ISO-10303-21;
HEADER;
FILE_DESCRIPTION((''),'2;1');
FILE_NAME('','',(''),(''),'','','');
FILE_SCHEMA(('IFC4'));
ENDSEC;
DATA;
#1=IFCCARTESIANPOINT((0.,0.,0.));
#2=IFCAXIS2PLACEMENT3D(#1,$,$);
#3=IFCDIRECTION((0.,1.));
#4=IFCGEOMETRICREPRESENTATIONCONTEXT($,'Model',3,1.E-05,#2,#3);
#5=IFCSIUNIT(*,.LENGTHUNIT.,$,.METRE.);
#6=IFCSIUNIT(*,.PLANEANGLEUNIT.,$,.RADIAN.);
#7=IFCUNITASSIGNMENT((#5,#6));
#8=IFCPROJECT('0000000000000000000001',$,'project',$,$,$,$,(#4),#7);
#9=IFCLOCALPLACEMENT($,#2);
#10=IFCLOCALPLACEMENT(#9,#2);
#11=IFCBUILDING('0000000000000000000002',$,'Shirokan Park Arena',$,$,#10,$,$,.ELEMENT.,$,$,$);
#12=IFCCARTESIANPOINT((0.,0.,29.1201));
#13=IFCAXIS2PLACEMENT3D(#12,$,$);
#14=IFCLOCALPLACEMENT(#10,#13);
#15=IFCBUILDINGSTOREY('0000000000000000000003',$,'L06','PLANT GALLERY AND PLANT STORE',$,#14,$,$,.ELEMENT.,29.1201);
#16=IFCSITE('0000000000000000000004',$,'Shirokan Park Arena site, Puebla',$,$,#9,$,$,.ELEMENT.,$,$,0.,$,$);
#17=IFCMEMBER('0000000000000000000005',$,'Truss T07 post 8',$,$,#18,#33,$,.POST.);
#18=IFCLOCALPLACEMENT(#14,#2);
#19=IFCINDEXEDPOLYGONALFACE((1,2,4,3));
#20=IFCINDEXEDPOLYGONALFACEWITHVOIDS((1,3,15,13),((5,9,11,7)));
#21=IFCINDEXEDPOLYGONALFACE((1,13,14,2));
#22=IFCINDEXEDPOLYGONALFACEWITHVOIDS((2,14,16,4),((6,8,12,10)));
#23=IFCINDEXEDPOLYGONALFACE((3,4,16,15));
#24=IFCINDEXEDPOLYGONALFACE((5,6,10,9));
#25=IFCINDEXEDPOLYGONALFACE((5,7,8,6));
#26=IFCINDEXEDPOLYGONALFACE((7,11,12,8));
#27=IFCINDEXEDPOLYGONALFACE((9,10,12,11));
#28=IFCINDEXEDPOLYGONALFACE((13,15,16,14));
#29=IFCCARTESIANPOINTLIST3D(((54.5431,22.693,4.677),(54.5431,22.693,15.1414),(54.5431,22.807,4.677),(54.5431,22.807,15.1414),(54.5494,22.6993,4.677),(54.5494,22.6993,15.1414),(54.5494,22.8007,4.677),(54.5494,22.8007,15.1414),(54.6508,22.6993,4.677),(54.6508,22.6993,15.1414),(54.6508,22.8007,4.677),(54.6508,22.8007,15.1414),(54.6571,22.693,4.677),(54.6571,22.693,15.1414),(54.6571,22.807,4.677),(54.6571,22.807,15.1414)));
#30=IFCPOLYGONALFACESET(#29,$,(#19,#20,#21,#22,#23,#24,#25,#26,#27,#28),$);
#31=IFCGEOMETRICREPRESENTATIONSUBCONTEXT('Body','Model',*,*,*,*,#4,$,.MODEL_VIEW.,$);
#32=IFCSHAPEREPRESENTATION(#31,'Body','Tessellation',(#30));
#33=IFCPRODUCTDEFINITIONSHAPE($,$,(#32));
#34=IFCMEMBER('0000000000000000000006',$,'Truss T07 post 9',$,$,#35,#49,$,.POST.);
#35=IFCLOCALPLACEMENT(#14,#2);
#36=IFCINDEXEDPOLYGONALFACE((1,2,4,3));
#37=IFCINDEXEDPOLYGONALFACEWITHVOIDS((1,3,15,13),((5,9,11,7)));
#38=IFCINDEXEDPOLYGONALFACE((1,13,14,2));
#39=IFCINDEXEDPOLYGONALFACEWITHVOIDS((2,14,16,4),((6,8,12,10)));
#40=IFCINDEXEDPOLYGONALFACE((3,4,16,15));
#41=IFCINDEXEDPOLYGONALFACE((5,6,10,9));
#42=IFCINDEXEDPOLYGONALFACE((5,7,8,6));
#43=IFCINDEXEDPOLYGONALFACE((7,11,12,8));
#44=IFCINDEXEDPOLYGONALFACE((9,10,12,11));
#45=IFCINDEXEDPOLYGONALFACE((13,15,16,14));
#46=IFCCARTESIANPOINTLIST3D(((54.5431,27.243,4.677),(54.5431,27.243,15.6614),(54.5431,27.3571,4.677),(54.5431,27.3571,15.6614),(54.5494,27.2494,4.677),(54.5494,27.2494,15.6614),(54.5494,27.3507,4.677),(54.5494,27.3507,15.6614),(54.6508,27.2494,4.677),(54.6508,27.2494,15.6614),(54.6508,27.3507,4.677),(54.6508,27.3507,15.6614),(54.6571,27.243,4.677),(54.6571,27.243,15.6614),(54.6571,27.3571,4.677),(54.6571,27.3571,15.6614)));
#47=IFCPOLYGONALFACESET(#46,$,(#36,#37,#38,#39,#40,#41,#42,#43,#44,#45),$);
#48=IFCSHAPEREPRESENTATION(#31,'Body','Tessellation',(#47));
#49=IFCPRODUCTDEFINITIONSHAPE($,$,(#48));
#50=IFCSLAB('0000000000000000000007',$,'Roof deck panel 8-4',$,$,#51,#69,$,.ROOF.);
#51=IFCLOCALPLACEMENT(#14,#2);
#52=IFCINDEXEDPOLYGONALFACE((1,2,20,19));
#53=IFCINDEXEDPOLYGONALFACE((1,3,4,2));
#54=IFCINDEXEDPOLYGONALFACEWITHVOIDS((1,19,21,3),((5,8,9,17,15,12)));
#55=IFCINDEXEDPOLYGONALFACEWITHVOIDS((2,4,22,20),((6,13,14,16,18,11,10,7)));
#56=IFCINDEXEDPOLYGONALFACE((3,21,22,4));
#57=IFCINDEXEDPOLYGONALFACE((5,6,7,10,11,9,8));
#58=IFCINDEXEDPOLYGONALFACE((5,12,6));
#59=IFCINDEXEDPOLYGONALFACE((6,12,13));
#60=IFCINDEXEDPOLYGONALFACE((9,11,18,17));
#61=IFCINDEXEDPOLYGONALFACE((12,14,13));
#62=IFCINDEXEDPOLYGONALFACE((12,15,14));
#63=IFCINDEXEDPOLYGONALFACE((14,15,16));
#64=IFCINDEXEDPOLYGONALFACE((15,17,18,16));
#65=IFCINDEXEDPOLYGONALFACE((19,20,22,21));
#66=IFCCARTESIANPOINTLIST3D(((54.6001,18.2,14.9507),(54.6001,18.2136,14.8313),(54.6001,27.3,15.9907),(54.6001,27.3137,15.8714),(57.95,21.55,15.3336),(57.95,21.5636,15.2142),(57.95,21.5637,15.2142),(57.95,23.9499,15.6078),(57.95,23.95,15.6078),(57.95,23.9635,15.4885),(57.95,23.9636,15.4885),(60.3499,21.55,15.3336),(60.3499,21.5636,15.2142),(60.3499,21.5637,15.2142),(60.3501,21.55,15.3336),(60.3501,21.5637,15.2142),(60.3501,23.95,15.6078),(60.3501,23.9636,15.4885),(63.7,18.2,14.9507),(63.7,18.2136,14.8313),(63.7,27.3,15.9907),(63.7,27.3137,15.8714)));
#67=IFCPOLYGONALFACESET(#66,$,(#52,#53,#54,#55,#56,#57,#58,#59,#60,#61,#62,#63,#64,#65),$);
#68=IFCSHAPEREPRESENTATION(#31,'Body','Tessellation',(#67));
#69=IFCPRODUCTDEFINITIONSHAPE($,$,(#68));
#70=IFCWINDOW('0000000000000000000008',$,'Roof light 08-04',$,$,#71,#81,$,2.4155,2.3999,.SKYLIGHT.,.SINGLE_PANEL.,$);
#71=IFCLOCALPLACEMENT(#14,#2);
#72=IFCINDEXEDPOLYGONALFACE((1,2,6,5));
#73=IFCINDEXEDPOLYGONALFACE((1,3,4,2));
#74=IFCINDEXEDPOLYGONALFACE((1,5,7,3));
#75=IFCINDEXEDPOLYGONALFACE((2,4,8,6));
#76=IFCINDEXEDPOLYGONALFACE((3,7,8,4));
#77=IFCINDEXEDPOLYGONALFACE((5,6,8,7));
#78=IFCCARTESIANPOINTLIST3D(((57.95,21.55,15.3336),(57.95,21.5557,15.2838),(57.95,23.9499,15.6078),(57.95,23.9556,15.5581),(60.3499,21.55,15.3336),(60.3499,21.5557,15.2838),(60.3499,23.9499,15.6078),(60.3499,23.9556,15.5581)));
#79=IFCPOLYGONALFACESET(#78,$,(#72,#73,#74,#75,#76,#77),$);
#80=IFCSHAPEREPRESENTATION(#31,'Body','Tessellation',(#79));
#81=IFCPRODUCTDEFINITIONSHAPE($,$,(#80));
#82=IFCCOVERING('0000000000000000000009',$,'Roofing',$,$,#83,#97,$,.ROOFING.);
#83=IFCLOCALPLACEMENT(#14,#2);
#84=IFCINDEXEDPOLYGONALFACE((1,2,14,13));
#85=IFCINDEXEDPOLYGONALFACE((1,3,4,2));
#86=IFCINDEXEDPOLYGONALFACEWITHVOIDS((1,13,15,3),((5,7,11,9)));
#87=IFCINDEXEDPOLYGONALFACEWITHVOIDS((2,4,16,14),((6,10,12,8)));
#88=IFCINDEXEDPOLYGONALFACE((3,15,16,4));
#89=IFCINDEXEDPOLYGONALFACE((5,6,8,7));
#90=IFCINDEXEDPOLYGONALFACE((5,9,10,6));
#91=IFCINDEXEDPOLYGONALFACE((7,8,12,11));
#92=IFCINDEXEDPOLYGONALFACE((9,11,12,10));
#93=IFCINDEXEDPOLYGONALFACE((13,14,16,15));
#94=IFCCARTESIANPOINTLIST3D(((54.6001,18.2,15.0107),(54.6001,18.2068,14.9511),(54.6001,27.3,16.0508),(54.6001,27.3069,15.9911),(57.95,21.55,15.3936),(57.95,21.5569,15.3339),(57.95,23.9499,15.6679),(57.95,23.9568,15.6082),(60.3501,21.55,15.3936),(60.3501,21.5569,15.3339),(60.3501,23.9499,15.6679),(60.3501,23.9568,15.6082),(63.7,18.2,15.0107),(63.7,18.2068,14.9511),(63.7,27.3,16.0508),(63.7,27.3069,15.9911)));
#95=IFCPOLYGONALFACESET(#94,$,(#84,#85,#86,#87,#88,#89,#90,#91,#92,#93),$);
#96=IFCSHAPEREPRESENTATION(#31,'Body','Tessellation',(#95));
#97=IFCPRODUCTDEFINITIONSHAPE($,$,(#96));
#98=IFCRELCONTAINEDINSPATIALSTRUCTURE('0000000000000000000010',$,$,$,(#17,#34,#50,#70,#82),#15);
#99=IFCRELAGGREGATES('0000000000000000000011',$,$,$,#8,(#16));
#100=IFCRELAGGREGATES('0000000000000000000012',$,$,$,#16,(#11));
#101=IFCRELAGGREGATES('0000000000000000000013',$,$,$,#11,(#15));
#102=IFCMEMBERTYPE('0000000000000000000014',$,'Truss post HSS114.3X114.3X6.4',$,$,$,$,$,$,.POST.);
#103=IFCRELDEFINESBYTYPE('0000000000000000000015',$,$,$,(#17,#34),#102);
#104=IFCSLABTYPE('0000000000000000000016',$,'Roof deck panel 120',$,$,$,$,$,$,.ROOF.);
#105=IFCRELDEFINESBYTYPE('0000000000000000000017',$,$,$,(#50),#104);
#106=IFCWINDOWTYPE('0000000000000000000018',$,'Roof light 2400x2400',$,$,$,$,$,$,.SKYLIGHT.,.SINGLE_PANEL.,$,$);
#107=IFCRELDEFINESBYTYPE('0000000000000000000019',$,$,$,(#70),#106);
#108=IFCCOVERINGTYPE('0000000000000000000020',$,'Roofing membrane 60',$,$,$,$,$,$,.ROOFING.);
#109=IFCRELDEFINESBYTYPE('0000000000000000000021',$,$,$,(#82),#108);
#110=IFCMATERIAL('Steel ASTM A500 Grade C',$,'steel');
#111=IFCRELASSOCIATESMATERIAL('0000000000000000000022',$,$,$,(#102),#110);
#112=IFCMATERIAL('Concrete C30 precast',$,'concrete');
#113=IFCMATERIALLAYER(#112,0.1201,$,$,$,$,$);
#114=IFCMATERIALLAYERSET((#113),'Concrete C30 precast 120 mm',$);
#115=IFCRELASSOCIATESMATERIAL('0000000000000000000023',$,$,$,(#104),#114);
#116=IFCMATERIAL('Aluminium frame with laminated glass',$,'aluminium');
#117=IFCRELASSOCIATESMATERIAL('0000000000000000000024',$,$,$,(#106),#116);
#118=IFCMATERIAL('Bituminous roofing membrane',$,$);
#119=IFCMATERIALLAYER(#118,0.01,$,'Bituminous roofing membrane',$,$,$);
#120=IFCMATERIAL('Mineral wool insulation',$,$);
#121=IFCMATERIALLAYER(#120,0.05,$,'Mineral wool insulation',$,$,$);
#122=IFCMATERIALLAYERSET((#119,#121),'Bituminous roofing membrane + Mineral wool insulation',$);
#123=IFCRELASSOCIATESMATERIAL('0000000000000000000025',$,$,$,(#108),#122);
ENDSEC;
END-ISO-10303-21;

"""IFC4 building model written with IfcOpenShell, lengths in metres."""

from ifc_helpers import new_model, si_unit, direction, frame, origin, origin_2d, place, context, subcontext, project, spatial, polyline, rectangle, hollow_rectangle, outline, extrude, material, layer, layer_set, material_profile, profile_set, type_object, element, fill, save


model = new_model("IFC4")

# Units and contexts
model_context = context("Model", 3, precision=1e-05, world=origin(), true_north=direction((0.0, 1.0)))
body_context = subcontext(model_context, "Body", "Model", "MODEL_VIEW")
ifc_project = project(units=[si_unit("LENGTHUNIT", "METRE"), si_unit("PLANEANGLEUNIT", "RADIAN")], contexts=[model_context])

# Site, building, storey
site_placement = place(None, origin())
site = spatial("IfcSite", under=ifc_project, at=site_placement, Name="Shirokan Park Arena site, Puebla", CompositionType="ELEMENT", RefElevation=0.0)
building_placement = place(site_placement, origin())
building = spatial("IfcBuilding", under=site, at=building_placement, Name="Shirokan Park Arena", CompositionType="ELEMENT")
storey_placement = place(building_placement, frame((0.0, 0.0, 29.1201)))
storey = spatial("IfcBuildingStorey", under=building, at=storey_placement, Name="L06", Description="PLANT GALLERY AND PLANT STORE", CompositionType="ELEMENT", Elevation=29.1201)

# Members
ifc_material_1 = material(Name="Steel ASTM A500 Grade C", Category="steel")
ifc_material_profile_1 = material_profile(ifc_material_1, hollow_rectangle(XDim=0.114, YDim=0.114, WallThickness=0.0063, at=origin_2d()), Name="HSS114.3X114.3X6.4")
ifc_profile_set_1 = profile_set([ifc_material_profile_1], Name="Steel ASTM A500 Grade C")
member_type_1 = type_object("IfcMemberType", Name="Truss post HSS114.3X114.3X6.4", PredefinedType="POST", material=ifc_profile_set_1)
member_1_placement = place(storey_placement, frame((54.6001, 22.75, 4.677), z_axis=(0.0, 0.0, 1.0), x_axis=(1.0, 0.0, 0.0)))
element("IfcMember", 1, at=member_1_placement, inside=storey, type_object=member_type_1, Name="Truss T07 post 8", PredefinedType="POST", context=body_context, shape_type="SweptSolid", body=[
    extrude(hollow_rectangle(XDim=0.114, YDim=0.114, WallThickness=0.0063, at=origin_2d()), origin(), (0.0, 0.0, 1.0), 10.4644),
])
member_2_placement = place(storey_placement, frame((54.6001, 27.3, 4.677), z_axis=(0.0, 0.0, 1.0), x_axis=(1.0, 0.0, 0.0)))
element("IfcMember", 2, at=member_2_placement, inside=storey, type_object=member_type_1, Name="Truss T07 post 9", PredefinedType="POST", context=body_context, shape_type="SweptSolid", body=[
    extrude(hollow_rectangle(XDim=0.114, YDim=0.114, WallThickness=0.0063, at=origin_2d()), origin(), (0.0, 0.0, 1.0), 10.9844),
])

# Slab, opening, window
ifc_material_2 = material(Name="Concrete C30 precast", Category="concrete")
ifc_layer_1 = layer(ifc_material_2, 0.1201)
ifc_layer_set_1 = layer_set([ifc_layer_1], Name="Concrete C30 precast 120 mm")
slab_type = type_object("IfcSlabType", Name="Roof deck panel 120", PredefinedType="ROOF", material=ifc_layer_set_1)
slab_placement = place(storey_placement, frame((54.6001, 18.2, 14.9507), z_axis=(0.0, -0.11355, 0.993532), x_axis=(1.0, 0.0, 0.0)))
slab = element("IfcSlab", 3, at=slab_placement, inside=storey, type_object=slab_type, Name="Roof deck panel 8-4", PredefinedType="ROOF", context=body_context, shape_type="SweptSolid", body=[
    extrude(outline(polyline([(0.0, 0.0), (9.0999, 0.0), (9.0999, 9.1593), (0.0, 9.1593), (0.0, 0.0)]), holes=[polyline([(3.3499, 3.3719), (5.75, 3.3719), (5.75, 5.7874), (3.3499, 5.7874), (3.3499, 3.3719)])]), origin(), (0.0, 0.0, -1.0), 0.1201),
])
opening_placement = place(slab_placement, frame((4.5498, 4.5796, 0.01)))
opening = element("IfcOpeningElement", 4, at=opening_placement, cuts=slab, PredefinedType="OPENING", context=body_context, shape_type="SweptSolid", body=[
    extrude(rectangle(XDim=2.3999, YDim=2.4155, at=origin_2d()), origin(), (0.0, 0.0, -1.0), 0.1399),
])
ifc_material_3 = material(Name="Aluminium frame with laminated glass", Category="aluminium")
window_type = type_object("IfcWindowType", Name="Roof light 2400x2400", PartitioningType="SINGLE_PANEL", PredefinedType="SKYLIGHT", material=ifc_material_3)
window_placement = place(opening_placement, frame((0.0, 0.0, -0.0601)))
window = element("IfcWindow", 5, at=window_placement, inside=storey, type_object=window_type, Name="Roof light 08-04", OverallHeight=2.4155, OverallWidth=2.3999, PartitioningType="SINGLE_PANEL", PredefinedType="SKYLIGHT", context=body_context, shape_type="SweptSolid", body=[
    extrude(rectangle(XDim=2.3999, YDim=2.4155, at=origin_2d()), origin(), (0.0, 0.0, 1.0), 0.05),
])
fill(opening, window)

# Covering
ifc_material_4 = material(Name="Bituminous roofing membrane")
ifc_layer_2 = layer(ifc_material_4, 0.01, Name="Bituminous roofing membrane")
ifc_material_5 = material(Name="Mineral wool insulation")
ifc_layer_3 = layer(ifc_material_5, 0.05, Name="Mineral wool insulation")
ifc_layer_set_2 = layer_set([ifc_layer_2, ifc_layer_3], Name="Bituminous roofing membrane + Mineral wool insulation")
covering_type = type_object("IfcCoveringType", Name="Roofing membrane 60", PredefinedType="ROOFING", material=ifc_layer_set_2)
covering_placement = place(storey_placement, frame((54.6001, 18.2, 15.0107), z_axis=(0.0, -0.11355, 0.993532), x_axis=(1.0, 0.0, 0.0)))
element("IfcCovering", 6, at=covering_placement, inside=storey, type_object=covering_type, Name="Roofing", PredefinedType="ROOFING", context=body_context, shape_type="SweptSolid", body=[
    extrude(outline(polyline([(0.0, 0.0), (9.0999, 0.0), (9.0999, 9.1593), (0.0, 9.1593), (0.0, 0.0)]), holes=[polyline([(5.75, 3.3719), (5.75, 5.7874), (3.3499, 5.7874), (3.3499, 3.3719), (5.75, 3.3719)])]), origin(), (0.0, 0.0, -1.0), 0.0601),
])

save(model, "model.ifc")
